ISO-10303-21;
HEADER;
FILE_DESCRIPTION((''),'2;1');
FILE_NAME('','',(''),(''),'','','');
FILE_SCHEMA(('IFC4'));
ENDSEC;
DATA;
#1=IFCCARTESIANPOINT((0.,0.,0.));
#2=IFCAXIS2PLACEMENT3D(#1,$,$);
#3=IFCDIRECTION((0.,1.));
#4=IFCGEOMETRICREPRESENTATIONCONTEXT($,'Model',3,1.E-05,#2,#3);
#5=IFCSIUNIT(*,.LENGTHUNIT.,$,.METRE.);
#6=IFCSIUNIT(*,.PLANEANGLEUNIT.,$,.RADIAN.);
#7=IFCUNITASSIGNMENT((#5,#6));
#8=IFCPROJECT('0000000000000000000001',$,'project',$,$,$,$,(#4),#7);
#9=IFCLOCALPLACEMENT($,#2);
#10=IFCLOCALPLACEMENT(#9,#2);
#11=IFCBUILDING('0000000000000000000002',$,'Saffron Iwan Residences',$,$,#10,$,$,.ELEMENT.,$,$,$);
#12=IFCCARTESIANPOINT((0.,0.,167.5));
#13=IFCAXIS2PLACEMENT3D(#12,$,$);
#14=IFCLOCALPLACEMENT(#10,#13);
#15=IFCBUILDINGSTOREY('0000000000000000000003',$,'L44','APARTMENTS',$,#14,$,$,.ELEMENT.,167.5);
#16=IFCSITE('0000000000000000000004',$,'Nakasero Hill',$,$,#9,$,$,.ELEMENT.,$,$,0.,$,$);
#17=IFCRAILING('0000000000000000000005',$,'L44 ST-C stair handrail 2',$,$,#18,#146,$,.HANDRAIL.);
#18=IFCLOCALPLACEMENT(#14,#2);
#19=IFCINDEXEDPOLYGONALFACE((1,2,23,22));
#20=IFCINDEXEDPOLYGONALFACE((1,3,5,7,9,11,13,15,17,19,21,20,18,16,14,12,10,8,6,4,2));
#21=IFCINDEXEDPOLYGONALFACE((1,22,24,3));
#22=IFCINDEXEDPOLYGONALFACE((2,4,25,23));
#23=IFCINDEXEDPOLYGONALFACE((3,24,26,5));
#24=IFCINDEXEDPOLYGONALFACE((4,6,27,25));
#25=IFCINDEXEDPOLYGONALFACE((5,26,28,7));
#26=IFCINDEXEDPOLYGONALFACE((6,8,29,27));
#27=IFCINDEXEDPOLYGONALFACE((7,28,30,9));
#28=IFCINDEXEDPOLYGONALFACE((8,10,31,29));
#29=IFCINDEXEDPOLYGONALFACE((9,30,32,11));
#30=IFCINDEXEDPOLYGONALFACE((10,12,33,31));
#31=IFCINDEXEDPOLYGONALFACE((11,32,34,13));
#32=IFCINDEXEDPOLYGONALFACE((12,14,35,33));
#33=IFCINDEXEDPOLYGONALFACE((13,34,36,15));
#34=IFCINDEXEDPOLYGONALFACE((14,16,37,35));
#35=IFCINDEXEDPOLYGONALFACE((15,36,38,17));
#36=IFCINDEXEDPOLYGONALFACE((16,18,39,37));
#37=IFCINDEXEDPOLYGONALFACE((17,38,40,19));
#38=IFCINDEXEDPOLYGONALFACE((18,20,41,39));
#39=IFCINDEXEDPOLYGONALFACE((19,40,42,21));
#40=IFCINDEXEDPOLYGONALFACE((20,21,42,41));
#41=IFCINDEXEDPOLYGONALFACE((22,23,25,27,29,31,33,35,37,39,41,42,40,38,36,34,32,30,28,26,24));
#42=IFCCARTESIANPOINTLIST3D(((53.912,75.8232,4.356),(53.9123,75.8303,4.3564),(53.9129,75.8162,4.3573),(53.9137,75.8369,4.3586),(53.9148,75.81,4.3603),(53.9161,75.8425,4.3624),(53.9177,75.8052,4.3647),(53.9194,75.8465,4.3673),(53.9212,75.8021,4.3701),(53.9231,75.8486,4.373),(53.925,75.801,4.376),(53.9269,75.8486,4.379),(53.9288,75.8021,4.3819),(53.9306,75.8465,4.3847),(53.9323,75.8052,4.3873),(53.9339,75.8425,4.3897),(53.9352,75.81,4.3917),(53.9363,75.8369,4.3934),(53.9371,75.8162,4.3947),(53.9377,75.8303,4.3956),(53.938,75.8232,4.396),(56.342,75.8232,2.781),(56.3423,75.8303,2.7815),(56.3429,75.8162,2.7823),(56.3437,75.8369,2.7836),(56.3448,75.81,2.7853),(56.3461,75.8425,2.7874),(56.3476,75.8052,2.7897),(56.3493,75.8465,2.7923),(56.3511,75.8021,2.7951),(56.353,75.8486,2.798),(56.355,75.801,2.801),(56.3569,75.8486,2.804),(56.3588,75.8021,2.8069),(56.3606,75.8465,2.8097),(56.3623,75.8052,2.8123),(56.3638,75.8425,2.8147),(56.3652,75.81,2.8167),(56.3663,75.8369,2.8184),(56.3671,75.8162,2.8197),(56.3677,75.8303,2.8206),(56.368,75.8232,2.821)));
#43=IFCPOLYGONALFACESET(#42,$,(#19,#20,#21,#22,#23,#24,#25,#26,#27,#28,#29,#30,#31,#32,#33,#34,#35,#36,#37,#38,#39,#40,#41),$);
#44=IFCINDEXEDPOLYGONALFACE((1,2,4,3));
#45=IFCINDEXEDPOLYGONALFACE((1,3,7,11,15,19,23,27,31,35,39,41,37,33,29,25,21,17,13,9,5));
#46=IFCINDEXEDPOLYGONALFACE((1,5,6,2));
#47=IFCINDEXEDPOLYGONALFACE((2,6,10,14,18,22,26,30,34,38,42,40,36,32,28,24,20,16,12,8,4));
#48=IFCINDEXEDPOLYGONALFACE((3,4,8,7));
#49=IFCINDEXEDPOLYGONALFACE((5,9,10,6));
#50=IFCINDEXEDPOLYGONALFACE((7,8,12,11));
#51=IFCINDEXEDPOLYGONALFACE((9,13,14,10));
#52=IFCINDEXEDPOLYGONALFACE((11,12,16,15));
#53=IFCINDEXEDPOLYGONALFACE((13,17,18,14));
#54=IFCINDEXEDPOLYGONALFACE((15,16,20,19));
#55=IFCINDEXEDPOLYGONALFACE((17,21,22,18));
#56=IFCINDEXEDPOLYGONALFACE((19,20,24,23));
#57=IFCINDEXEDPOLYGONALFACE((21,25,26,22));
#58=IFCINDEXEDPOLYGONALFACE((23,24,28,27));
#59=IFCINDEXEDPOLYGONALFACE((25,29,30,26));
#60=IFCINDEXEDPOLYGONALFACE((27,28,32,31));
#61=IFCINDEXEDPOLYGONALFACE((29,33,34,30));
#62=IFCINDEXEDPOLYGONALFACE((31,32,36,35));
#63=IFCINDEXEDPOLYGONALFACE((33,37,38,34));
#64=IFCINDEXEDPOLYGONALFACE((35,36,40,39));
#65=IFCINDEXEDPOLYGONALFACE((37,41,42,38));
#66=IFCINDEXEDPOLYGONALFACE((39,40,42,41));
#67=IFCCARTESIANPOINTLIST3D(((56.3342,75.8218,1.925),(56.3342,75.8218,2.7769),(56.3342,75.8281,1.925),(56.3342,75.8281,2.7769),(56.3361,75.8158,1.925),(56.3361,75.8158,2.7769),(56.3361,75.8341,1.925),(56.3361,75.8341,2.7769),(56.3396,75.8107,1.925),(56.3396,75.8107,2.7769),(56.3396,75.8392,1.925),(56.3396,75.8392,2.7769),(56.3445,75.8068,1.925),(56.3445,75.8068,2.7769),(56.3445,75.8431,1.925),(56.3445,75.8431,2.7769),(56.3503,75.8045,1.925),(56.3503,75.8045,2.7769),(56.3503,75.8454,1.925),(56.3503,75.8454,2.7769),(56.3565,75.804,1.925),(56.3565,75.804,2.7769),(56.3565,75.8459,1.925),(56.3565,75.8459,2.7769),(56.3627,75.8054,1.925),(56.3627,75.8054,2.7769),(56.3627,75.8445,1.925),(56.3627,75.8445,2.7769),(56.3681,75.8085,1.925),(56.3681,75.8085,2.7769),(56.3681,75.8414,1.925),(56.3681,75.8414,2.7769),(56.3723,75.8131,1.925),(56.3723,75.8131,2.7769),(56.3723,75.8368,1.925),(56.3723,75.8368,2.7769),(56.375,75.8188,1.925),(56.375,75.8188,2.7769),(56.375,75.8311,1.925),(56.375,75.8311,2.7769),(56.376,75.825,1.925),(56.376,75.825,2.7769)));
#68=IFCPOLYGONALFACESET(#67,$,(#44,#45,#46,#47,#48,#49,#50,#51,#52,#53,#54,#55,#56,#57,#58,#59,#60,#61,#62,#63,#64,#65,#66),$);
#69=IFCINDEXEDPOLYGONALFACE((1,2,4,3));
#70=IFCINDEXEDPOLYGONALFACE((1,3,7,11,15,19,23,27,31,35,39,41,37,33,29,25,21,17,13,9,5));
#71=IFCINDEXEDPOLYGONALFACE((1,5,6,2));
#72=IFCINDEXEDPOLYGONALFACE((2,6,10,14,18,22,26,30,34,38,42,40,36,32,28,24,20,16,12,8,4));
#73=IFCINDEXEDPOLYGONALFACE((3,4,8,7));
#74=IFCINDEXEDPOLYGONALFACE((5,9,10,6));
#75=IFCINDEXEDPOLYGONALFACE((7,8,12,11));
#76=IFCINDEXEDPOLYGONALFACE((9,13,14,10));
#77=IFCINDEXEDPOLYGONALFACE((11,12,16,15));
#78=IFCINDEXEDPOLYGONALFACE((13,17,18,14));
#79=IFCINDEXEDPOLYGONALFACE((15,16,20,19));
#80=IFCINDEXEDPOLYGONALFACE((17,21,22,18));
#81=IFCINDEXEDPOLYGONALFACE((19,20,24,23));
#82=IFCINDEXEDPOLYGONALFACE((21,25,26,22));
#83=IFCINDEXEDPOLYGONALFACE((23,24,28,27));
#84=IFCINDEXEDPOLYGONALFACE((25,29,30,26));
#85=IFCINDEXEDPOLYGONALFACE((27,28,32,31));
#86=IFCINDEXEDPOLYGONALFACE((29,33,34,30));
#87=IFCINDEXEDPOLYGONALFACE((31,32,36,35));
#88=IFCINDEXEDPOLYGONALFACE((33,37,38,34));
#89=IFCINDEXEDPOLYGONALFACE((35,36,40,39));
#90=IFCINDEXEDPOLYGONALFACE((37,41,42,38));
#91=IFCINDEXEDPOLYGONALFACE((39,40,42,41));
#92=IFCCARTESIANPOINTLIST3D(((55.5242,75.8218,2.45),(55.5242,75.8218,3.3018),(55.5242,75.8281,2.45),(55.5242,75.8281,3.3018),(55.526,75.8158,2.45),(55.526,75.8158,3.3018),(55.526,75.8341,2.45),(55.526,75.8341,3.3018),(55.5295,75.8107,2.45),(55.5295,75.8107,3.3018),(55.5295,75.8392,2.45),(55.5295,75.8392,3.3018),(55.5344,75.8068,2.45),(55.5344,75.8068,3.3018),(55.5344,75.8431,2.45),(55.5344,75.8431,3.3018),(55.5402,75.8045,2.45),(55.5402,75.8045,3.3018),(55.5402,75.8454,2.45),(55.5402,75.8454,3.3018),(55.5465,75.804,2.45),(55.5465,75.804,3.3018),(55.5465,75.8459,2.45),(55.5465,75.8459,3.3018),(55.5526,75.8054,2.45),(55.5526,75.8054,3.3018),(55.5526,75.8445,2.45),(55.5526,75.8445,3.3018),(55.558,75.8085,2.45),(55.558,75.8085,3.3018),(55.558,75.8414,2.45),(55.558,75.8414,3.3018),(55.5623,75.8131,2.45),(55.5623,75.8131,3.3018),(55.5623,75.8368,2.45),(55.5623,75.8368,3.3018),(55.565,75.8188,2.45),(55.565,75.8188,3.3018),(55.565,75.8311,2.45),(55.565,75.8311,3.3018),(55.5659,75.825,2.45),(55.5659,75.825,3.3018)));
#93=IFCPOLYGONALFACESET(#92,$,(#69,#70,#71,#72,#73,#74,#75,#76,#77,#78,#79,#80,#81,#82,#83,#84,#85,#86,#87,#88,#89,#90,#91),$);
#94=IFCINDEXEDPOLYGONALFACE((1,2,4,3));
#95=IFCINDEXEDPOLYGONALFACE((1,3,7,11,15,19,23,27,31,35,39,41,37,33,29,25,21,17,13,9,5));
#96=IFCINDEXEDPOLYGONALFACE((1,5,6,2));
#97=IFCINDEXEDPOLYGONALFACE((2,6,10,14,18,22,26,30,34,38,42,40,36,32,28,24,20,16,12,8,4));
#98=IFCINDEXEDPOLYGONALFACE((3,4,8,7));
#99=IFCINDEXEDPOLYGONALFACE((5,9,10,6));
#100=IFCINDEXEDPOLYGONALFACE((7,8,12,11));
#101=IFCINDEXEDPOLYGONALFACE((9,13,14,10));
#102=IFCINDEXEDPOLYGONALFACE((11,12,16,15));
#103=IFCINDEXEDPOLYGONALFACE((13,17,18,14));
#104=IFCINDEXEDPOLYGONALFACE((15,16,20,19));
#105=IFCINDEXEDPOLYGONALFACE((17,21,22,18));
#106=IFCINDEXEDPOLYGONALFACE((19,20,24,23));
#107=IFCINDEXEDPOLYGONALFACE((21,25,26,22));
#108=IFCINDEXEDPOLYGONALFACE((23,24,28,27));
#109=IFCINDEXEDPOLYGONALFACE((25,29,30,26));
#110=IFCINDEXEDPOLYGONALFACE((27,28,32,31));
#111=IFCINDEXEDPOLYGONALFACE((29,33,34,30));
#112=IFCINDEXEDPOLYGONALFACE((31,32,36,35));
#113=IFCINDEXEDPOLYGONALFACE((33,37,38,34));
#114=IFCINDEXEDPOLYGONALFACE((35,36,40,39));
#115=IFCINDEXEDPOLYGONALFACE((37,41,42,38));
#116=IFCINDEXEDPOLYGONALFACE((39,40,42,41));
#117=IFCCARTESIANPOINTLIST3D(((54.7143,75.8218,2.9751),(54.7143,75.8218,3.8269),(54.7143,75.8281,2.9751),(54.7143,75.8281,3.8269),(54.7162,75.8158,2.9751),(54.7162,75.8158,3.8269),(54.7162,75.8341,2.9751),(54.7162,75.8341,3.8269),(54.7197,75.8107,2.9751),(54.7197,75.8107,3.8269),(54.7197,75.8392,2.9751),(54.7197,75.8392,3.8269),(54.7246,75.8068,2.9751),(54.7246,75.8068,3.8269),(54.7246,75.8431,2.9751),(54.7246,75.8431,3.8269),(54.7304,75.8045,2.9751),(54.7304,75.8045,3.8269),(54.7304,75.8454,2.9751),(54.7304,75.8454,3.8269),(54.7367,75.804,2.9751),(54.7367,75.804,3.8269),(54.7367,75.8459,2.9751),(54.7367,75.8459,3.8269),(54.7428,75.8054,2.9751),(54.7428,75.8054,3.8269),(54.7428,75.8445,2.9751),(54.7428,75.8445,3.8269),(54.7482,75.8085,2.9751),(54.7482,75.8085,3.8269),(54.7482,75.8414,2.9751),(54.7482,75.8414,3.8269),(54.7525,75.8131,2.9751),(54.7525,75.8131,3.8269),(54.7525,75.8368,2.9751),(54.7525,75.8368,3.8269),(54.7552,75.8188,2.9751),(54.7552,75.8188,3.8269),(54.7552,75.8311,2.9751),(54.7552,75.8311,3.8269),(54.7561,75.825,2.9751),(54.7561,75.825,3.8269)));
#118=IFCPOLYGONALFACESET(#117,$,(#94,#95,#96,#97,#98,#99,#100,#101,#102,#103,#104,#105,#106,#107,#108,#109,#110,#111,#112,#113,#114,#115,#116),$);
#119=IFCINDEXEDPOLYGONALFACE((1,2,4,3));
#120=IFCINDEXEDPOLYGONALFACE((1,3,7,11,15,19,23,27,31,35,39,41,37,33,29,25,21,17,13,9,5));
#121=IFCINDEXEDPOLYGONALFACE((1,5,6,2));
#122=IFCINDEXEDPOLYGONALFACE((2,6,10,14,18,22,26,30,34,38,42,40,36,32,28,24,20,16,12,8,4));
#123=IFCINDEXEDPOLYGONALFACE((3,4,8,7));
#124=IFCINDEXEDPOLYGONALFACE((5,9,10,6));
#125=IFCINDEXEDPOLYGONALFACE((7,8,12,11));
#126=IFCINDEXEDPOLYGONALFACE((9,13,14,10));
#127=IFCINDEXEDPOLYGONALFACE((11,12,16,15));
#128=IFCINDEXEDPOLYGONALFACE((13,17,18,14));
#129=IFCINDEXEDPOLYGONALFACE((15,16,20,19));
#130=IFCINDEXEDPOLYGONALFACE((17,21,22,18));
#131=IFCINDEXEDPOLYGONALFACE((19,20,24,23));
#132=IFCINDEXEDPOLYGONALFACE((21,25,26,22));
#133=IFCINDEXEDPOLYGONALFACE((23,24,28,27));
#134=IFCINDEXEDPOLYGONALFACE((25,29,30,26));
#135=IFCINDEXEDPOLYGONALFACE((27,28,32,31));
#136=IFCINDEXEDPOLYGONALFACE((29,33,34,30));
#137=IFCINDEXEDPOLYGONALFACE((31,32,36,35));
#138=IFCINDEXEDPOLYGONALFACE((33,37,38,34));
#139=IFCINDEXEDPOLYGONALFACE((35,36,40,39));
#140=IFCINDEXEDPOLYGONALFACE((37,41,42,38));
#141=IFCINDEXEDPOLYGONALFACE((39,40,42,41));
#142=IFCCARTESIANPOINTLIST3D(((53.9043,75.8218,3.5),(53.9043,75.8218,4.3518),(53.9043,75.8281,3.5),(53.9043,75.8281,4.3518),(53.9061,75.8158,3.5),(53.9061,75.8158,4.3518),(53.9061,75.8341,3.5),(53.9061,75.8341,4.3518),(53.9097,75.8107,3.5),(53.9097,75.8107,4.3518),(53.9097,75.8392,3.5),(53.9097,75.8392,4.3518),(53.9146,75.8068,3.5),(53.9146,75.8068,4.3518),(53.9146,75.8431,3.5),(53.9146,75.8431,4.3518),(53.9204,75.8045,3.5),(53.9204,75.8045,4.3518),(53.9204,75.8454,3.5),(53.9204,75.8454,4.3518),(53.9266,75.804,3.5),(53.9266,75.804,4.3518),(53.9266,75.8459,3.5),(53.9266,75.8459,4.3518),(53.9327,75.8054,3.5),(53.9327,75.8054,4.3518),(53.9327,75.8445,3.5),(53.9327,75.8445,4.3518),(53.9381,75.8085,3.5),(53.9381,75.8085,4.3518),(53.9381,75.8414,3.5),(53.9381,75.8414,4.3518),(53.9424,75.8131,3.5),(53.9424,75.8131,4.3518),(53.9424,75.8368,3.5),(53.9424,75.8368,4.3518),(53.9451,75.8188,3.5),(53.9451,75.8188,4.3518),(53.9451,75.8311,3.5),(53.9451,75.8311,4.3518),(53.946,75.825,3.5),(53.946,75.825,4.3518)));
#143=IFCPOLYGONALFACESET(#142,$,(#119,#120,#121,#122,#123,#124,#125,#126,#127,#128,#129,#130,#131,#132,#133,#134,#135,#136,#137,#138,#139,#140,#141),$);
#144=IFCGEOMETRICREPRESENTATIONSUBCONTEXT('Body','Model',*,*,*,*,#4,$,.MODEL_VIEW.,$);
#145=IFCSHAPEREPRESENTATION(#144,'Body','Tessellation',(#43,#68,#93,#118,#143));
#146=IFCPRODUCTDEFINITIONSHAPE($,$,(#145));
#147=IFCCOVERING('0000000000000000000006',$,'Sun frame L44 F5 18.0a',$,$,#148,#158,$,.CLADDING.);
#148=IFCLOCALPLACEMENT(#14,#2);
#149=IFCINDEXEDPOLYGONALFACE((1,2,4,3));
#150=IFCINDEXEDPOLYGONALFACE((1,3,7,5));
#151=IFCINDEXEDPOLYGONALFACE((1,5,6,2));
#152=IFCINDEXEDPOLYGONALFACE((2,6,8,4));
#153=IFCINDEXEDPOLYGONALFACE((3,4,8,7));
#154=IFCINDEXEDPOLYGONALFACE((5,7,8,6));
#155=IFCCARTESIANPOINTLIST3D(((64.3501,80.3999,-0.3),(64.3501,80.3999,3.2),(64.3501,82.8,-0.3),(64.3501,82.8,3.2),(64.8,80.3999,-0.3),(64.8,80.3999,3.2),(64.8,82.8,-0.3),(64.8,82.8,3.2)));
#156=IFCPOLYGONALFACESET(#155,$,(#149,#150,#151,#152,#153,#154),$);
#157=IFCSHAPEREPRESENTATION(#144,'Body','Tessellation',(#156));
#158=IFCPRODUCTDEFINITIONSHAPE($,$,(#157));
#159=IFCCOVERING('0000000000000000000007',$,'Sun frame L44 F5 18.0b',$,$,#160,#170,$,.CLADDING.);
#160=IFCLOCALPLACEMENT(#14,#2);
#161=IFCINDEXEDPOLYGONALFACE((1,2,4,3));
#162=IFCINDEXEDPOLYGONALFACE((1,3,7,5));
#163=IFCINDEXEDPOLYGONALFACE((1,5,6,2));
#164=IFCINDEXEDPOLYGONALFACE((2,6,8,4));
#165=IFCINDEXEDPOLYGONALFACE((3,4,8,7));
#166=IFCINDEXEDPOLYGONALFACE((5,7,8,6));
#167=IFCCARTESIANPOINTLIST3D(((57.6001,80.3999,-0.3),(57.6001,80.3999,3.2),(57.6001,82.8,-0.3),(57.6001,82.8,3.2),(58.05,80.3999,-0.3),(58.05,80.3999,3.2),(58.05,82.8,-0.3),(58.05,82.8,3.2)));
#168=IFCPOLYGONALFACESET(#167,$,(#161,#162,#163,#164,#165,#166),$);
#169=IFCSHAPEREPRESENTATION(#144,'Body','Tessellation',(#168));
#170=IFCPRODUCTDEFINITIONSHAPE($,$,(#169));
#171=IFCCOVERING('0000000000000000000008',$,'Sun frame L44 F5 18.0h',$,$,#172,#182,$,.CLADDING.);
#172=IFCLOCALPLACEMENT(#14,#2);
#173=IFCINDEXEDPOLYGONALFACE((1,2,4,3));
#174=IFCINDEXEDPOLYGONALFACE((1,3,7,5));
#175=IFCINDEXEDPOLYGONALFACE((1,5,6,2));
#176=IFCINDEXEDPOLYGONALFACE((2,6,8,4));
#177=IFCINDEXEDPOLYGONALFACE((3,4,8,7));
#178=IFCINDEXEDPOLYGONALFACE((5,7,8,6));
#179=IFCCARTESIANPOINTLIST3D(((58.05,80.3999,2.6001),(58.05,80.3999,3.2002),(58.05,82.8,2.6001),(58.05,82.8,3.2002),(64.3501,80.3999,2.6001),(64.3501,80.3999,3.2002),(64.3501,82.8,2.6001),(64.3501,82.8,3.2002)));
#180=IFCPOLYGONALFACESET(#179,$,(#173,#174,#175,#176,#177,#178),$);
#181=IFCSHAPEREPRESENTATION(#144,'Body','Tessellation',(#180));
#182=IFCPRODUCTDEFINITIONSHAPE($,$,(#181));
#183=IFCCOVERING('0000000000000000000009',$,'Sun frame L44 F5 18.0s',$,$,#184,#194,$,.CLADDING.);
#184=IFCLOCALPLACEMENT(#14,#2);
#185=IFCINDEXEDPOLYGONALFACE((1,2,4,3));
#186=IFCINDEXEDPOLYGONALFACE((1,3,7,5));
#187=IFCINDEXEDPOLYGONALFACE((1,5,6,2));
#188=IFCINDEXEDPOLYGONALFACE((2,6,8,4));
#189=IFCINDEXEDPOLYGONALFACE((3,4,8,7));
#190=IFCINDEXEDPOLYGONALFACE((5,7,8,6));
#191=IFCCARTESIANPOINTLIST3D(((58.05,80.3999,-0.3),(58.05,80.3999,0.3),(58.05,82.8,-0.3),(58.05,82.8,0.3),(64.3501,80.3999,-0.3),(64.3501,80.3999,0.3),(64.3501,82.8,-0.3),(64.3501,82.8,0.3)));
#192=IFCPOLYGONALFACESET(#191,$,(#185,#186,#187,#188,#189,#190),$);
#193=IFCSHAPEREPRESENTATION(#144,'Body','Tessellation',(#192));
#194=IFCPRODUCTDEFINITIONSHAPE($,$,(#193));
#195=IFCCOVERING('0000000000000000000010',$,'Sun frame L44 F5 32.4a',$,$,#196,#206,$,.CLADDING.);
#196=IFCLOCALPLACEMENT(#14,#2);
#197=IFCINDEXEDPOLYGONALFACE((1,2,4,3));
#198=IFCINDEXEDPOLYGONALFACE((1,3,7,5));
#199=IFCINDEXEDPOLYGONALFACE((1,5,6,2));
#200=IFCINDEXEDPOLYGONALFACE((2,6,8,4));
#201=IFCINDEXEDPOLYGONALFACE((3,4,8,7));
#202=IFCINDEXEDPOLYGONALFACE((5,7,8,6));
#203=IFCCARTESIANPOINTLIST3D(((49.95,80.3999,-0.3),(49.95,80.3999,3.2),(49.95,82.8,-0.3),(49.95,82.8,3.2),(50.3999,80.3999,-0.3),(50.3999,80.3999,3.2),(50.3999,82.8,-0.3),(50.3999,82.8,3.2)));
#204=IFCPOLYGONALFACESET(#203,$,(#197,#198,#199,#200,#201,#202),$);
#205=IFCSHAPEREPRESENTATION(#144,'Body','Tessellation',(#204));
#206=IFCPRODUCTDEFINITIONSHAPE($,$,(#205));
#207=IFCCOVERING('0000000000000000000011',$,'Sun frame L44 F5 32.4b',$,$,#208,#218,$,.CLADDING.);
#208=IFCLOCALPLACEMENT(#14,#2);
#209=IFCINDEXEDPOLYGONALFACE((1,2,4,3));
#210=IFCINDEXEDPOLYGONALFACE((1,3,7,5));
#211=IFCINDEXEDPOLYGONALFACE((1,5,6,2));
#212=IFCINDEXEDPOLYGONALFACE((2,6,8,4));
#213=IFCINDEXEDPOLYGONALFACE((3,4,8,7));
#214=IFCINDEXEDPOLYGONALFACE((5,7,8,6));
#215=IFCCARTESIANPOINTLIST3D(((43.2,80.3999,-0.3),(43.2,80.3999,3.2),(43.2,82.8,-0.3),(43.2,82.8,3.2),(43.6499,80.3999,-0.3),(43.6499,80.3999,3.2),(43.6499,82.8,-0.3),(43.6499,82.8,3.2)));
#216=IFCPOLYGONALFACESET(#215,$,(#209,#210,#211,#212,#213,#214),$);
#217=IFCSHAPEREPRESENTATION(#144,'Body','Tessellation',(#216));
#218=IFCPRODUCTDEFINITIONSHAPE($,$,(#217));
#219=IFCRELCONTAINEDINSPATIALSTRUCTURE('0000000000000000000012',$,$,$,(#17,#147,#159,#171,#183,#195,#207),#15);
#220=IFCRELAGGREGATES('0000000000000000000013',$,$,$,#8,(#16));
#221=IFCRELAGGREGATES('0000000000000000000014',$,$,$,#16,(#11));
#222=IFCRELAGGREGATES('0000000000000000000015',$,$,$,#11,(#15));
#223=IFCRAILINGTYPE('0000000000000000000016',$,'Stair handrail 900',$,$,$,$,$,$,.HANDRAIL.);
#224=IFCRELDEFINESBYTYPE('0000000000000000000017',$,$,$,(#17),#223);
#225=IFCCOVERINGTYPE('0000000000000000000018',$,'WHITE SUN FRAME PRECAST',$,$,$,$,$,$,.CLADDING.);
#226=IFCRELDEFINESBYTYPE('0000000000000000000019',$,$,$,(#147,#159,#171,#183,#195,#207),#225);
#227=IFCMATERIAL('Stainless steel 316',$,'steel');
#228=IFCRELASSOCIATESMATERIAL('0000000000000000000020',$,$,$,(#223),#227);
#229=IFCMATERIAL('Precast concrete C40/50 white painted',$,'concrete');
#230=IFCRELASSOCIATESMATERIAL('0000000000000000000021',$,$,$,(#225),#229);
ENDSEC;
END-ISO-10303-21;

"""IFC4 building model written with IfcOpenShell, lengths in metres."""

from ifc_helpers import new_model, si_unit, direction, frame, origin, origin_2d, place, context, subcontext, project, spatial, polyline, circle, outline, extrude, material, type_object, element, save


model = new_model("IFC4")

# Units and contexts
model_context = context("Model", 3, precision=1e-05, world=origin(), true_north=direction((0.0, 1.0)))
body_context = subcontext(model_context, "Body", "Model", "MODEL_VIEW")
ifc_project = project(units=[si_unit("LENGTHUNIT", "METRE"), si_unit("PLANEANGLEUNIT", "RADIAN")], contexts=[model_context])

# Site, building, storey
site_placement = place(None, origin())
site = spatial("IfcSite", under=ifc_project, at=site_placement, Name="Nakasero Hill", CompositionType="ELEMENT", RefElevation=0.0)
building_placement = place(site_placement, origin())
building = spatial("IfcBuilding", under=site, at=building_placement, Name="Saffron Iwan Residences", CompositionType="ELEMENT")
storey_placement = place(building_placement, frame((0.0, 0.0, 167.5)))
storey = spatial("IfcBuildingStorey", under=building, at=storey_placement, Name="L44", Description="APARTMENTS", CompositionType="ELEMENT", Elevation=167.5)

# Railing
ifc_material_1 = material(Name="Stainless steel 316", Category="steel")
railing_type_1 = type_object("IfcRailingType", Name="Stair handrail 900", PredefinedType="HANDRAIL", material=ifc_material_1)
railing_1_placement = place(storey_placement, frame((56.355, 75.825, 1.925)))
element("IfcRailing", 1, at=railing_1_placement, inside=storey, type_object=railing_type_1, Name="L44 ST-C stair handrail 2", PredefinedType="HANDRAIL", context=body_context, shape_type="SweptSolid", body=[
    extrude(circle(Radius=0.0239, at=origin_2d()), frame((0.0, 0.0, 0.876), z_axis=(-0.839154, 0.0, 0.543894), x_axis=(0.0, -1.0, 0.0)), (0.0, 0.0, 1.0), 2.8958),
    extrude(circle(Radius=0.021, at=origin_2d()), origin(), (0.0, 0.0, 1.0), 0.8518),
    extrude(circle(Radius=0.021, at=origin_2d()), frame((-0.8101, 0.0, 0.5249)), (0.0, 0.0, 1.0), 0.8518),
    extrude(circle(Radius=0.021, at=origin_2d()), frame((-1.6199, 0.0, 1.05)), (0.0, 0.0, 1.0), 0.8518),
    extrude(circle(Radius=0.021, at=origin_2d()), frame((-2.4299, 0.0, 1.575)), (0.0, 0.0, 1.0), 0.8518),
])

# Coverings
ifc_material_2 = material(Name="Precast concrete C40/50 white painted", Category="concrete")
covering_type_1 = type_object("IfcCoveringType", Name="WHITE SUN FRAME PRECAST", PredefinedType="CLADDING", material=ifc_material_2)
for number, where, z_axis, x_axis, name in (
    (2, (64.8, 80.3999, -0.3), (0.0, 1.0, 0.0), (-1.0, 0.0, 0.0), "Sun frame L44 F5 18.0a"),
    (3, (58.05, 80.3999, -0.3), (0.0, 1.0, 0.0), (-1.0, 0.0, 0.0), "Sun frame L44 F5 18.0b"),
):
    element("IfcCovering", number, at=place(storey_placement, frame(where, z_axis=z_axis, x_axis=x_axis)), inside=storey, type_object=covering_type_1, Name=name, PredefinedType="CLADDING", context=body_context, shape_type="SweptSolid", body=[
        extrude(outline(polyline([(0.0, 0.0), (0.45, 0.0), (0.45, 3.5), (0.0, 3.5), (0.0, 0.0)])), origin(), (0.0, 0.0, 1.0), 2.4001),
    ])
for number, where, z_axis, x_axis, name in (
    (4, (64.3501, 80.3999, 2.6001), (0.0, 1.0, 0.0), (-1.0, 0.0, 0.0), "Sun frame L44 F5 18.0h"),
    (5, (64.3501, 80.3999, -0.3), (0.0, 1.0, 0.0), (-1.0, 0.0, 0.0), "Sun frame L44 F5 18.0s"),
):
    element("IfcCovering", number, at=place(storey_placement, frame(where, z_axis=z_axis, x_axis=x_axis)), inside=storey, type_object=covering_type_1, Name=name, PredefinedType="CLADDING", context=body_context, shape_type="SweptSolid", body=[
        extrude(outline(polyline([(0.0, 0.0), (6.3, 0.0), (6.3, 0.6001), (0.0, 0.6001), (0.0, 0.0)])), origin(), (0.0, 0.0, 1.0), 2.4001),
    ])
for number, where, z_axis, x_axis, name in (
    (6, (50.3999, 80.3999, -0.3), (0.0, 1.0, 0.0), (-1.0, 0.0, 0.0), "Sun frame L44 F5 32.4a"),
    (7, (43.6499, 80.3999, -0.3), (0.0, 1.0, 0.0), (-1.0, 0.0, 0.0), "Sun frame L44 F5 32.4b"),
):
    element("IfcCovering", number, at=place(storey_placement, frame(where, z_axis=z_axis, x_axis=x_axis)), inside=storey, type_object=covering_type_1, Name=name, PredefinedType="CLADDING", context=body_context, shape_type="SweptSolid", body=[
        extrude(outline(polyline([(0.0, 0.0), (0.45, 0.0), (0.45, 3.5), (0.0, 3.5), (0.0, 0.0)])), origin(), (0.0, 0.0, 1.0), 2.4001),
    ])

save(model, "model.ifc")
